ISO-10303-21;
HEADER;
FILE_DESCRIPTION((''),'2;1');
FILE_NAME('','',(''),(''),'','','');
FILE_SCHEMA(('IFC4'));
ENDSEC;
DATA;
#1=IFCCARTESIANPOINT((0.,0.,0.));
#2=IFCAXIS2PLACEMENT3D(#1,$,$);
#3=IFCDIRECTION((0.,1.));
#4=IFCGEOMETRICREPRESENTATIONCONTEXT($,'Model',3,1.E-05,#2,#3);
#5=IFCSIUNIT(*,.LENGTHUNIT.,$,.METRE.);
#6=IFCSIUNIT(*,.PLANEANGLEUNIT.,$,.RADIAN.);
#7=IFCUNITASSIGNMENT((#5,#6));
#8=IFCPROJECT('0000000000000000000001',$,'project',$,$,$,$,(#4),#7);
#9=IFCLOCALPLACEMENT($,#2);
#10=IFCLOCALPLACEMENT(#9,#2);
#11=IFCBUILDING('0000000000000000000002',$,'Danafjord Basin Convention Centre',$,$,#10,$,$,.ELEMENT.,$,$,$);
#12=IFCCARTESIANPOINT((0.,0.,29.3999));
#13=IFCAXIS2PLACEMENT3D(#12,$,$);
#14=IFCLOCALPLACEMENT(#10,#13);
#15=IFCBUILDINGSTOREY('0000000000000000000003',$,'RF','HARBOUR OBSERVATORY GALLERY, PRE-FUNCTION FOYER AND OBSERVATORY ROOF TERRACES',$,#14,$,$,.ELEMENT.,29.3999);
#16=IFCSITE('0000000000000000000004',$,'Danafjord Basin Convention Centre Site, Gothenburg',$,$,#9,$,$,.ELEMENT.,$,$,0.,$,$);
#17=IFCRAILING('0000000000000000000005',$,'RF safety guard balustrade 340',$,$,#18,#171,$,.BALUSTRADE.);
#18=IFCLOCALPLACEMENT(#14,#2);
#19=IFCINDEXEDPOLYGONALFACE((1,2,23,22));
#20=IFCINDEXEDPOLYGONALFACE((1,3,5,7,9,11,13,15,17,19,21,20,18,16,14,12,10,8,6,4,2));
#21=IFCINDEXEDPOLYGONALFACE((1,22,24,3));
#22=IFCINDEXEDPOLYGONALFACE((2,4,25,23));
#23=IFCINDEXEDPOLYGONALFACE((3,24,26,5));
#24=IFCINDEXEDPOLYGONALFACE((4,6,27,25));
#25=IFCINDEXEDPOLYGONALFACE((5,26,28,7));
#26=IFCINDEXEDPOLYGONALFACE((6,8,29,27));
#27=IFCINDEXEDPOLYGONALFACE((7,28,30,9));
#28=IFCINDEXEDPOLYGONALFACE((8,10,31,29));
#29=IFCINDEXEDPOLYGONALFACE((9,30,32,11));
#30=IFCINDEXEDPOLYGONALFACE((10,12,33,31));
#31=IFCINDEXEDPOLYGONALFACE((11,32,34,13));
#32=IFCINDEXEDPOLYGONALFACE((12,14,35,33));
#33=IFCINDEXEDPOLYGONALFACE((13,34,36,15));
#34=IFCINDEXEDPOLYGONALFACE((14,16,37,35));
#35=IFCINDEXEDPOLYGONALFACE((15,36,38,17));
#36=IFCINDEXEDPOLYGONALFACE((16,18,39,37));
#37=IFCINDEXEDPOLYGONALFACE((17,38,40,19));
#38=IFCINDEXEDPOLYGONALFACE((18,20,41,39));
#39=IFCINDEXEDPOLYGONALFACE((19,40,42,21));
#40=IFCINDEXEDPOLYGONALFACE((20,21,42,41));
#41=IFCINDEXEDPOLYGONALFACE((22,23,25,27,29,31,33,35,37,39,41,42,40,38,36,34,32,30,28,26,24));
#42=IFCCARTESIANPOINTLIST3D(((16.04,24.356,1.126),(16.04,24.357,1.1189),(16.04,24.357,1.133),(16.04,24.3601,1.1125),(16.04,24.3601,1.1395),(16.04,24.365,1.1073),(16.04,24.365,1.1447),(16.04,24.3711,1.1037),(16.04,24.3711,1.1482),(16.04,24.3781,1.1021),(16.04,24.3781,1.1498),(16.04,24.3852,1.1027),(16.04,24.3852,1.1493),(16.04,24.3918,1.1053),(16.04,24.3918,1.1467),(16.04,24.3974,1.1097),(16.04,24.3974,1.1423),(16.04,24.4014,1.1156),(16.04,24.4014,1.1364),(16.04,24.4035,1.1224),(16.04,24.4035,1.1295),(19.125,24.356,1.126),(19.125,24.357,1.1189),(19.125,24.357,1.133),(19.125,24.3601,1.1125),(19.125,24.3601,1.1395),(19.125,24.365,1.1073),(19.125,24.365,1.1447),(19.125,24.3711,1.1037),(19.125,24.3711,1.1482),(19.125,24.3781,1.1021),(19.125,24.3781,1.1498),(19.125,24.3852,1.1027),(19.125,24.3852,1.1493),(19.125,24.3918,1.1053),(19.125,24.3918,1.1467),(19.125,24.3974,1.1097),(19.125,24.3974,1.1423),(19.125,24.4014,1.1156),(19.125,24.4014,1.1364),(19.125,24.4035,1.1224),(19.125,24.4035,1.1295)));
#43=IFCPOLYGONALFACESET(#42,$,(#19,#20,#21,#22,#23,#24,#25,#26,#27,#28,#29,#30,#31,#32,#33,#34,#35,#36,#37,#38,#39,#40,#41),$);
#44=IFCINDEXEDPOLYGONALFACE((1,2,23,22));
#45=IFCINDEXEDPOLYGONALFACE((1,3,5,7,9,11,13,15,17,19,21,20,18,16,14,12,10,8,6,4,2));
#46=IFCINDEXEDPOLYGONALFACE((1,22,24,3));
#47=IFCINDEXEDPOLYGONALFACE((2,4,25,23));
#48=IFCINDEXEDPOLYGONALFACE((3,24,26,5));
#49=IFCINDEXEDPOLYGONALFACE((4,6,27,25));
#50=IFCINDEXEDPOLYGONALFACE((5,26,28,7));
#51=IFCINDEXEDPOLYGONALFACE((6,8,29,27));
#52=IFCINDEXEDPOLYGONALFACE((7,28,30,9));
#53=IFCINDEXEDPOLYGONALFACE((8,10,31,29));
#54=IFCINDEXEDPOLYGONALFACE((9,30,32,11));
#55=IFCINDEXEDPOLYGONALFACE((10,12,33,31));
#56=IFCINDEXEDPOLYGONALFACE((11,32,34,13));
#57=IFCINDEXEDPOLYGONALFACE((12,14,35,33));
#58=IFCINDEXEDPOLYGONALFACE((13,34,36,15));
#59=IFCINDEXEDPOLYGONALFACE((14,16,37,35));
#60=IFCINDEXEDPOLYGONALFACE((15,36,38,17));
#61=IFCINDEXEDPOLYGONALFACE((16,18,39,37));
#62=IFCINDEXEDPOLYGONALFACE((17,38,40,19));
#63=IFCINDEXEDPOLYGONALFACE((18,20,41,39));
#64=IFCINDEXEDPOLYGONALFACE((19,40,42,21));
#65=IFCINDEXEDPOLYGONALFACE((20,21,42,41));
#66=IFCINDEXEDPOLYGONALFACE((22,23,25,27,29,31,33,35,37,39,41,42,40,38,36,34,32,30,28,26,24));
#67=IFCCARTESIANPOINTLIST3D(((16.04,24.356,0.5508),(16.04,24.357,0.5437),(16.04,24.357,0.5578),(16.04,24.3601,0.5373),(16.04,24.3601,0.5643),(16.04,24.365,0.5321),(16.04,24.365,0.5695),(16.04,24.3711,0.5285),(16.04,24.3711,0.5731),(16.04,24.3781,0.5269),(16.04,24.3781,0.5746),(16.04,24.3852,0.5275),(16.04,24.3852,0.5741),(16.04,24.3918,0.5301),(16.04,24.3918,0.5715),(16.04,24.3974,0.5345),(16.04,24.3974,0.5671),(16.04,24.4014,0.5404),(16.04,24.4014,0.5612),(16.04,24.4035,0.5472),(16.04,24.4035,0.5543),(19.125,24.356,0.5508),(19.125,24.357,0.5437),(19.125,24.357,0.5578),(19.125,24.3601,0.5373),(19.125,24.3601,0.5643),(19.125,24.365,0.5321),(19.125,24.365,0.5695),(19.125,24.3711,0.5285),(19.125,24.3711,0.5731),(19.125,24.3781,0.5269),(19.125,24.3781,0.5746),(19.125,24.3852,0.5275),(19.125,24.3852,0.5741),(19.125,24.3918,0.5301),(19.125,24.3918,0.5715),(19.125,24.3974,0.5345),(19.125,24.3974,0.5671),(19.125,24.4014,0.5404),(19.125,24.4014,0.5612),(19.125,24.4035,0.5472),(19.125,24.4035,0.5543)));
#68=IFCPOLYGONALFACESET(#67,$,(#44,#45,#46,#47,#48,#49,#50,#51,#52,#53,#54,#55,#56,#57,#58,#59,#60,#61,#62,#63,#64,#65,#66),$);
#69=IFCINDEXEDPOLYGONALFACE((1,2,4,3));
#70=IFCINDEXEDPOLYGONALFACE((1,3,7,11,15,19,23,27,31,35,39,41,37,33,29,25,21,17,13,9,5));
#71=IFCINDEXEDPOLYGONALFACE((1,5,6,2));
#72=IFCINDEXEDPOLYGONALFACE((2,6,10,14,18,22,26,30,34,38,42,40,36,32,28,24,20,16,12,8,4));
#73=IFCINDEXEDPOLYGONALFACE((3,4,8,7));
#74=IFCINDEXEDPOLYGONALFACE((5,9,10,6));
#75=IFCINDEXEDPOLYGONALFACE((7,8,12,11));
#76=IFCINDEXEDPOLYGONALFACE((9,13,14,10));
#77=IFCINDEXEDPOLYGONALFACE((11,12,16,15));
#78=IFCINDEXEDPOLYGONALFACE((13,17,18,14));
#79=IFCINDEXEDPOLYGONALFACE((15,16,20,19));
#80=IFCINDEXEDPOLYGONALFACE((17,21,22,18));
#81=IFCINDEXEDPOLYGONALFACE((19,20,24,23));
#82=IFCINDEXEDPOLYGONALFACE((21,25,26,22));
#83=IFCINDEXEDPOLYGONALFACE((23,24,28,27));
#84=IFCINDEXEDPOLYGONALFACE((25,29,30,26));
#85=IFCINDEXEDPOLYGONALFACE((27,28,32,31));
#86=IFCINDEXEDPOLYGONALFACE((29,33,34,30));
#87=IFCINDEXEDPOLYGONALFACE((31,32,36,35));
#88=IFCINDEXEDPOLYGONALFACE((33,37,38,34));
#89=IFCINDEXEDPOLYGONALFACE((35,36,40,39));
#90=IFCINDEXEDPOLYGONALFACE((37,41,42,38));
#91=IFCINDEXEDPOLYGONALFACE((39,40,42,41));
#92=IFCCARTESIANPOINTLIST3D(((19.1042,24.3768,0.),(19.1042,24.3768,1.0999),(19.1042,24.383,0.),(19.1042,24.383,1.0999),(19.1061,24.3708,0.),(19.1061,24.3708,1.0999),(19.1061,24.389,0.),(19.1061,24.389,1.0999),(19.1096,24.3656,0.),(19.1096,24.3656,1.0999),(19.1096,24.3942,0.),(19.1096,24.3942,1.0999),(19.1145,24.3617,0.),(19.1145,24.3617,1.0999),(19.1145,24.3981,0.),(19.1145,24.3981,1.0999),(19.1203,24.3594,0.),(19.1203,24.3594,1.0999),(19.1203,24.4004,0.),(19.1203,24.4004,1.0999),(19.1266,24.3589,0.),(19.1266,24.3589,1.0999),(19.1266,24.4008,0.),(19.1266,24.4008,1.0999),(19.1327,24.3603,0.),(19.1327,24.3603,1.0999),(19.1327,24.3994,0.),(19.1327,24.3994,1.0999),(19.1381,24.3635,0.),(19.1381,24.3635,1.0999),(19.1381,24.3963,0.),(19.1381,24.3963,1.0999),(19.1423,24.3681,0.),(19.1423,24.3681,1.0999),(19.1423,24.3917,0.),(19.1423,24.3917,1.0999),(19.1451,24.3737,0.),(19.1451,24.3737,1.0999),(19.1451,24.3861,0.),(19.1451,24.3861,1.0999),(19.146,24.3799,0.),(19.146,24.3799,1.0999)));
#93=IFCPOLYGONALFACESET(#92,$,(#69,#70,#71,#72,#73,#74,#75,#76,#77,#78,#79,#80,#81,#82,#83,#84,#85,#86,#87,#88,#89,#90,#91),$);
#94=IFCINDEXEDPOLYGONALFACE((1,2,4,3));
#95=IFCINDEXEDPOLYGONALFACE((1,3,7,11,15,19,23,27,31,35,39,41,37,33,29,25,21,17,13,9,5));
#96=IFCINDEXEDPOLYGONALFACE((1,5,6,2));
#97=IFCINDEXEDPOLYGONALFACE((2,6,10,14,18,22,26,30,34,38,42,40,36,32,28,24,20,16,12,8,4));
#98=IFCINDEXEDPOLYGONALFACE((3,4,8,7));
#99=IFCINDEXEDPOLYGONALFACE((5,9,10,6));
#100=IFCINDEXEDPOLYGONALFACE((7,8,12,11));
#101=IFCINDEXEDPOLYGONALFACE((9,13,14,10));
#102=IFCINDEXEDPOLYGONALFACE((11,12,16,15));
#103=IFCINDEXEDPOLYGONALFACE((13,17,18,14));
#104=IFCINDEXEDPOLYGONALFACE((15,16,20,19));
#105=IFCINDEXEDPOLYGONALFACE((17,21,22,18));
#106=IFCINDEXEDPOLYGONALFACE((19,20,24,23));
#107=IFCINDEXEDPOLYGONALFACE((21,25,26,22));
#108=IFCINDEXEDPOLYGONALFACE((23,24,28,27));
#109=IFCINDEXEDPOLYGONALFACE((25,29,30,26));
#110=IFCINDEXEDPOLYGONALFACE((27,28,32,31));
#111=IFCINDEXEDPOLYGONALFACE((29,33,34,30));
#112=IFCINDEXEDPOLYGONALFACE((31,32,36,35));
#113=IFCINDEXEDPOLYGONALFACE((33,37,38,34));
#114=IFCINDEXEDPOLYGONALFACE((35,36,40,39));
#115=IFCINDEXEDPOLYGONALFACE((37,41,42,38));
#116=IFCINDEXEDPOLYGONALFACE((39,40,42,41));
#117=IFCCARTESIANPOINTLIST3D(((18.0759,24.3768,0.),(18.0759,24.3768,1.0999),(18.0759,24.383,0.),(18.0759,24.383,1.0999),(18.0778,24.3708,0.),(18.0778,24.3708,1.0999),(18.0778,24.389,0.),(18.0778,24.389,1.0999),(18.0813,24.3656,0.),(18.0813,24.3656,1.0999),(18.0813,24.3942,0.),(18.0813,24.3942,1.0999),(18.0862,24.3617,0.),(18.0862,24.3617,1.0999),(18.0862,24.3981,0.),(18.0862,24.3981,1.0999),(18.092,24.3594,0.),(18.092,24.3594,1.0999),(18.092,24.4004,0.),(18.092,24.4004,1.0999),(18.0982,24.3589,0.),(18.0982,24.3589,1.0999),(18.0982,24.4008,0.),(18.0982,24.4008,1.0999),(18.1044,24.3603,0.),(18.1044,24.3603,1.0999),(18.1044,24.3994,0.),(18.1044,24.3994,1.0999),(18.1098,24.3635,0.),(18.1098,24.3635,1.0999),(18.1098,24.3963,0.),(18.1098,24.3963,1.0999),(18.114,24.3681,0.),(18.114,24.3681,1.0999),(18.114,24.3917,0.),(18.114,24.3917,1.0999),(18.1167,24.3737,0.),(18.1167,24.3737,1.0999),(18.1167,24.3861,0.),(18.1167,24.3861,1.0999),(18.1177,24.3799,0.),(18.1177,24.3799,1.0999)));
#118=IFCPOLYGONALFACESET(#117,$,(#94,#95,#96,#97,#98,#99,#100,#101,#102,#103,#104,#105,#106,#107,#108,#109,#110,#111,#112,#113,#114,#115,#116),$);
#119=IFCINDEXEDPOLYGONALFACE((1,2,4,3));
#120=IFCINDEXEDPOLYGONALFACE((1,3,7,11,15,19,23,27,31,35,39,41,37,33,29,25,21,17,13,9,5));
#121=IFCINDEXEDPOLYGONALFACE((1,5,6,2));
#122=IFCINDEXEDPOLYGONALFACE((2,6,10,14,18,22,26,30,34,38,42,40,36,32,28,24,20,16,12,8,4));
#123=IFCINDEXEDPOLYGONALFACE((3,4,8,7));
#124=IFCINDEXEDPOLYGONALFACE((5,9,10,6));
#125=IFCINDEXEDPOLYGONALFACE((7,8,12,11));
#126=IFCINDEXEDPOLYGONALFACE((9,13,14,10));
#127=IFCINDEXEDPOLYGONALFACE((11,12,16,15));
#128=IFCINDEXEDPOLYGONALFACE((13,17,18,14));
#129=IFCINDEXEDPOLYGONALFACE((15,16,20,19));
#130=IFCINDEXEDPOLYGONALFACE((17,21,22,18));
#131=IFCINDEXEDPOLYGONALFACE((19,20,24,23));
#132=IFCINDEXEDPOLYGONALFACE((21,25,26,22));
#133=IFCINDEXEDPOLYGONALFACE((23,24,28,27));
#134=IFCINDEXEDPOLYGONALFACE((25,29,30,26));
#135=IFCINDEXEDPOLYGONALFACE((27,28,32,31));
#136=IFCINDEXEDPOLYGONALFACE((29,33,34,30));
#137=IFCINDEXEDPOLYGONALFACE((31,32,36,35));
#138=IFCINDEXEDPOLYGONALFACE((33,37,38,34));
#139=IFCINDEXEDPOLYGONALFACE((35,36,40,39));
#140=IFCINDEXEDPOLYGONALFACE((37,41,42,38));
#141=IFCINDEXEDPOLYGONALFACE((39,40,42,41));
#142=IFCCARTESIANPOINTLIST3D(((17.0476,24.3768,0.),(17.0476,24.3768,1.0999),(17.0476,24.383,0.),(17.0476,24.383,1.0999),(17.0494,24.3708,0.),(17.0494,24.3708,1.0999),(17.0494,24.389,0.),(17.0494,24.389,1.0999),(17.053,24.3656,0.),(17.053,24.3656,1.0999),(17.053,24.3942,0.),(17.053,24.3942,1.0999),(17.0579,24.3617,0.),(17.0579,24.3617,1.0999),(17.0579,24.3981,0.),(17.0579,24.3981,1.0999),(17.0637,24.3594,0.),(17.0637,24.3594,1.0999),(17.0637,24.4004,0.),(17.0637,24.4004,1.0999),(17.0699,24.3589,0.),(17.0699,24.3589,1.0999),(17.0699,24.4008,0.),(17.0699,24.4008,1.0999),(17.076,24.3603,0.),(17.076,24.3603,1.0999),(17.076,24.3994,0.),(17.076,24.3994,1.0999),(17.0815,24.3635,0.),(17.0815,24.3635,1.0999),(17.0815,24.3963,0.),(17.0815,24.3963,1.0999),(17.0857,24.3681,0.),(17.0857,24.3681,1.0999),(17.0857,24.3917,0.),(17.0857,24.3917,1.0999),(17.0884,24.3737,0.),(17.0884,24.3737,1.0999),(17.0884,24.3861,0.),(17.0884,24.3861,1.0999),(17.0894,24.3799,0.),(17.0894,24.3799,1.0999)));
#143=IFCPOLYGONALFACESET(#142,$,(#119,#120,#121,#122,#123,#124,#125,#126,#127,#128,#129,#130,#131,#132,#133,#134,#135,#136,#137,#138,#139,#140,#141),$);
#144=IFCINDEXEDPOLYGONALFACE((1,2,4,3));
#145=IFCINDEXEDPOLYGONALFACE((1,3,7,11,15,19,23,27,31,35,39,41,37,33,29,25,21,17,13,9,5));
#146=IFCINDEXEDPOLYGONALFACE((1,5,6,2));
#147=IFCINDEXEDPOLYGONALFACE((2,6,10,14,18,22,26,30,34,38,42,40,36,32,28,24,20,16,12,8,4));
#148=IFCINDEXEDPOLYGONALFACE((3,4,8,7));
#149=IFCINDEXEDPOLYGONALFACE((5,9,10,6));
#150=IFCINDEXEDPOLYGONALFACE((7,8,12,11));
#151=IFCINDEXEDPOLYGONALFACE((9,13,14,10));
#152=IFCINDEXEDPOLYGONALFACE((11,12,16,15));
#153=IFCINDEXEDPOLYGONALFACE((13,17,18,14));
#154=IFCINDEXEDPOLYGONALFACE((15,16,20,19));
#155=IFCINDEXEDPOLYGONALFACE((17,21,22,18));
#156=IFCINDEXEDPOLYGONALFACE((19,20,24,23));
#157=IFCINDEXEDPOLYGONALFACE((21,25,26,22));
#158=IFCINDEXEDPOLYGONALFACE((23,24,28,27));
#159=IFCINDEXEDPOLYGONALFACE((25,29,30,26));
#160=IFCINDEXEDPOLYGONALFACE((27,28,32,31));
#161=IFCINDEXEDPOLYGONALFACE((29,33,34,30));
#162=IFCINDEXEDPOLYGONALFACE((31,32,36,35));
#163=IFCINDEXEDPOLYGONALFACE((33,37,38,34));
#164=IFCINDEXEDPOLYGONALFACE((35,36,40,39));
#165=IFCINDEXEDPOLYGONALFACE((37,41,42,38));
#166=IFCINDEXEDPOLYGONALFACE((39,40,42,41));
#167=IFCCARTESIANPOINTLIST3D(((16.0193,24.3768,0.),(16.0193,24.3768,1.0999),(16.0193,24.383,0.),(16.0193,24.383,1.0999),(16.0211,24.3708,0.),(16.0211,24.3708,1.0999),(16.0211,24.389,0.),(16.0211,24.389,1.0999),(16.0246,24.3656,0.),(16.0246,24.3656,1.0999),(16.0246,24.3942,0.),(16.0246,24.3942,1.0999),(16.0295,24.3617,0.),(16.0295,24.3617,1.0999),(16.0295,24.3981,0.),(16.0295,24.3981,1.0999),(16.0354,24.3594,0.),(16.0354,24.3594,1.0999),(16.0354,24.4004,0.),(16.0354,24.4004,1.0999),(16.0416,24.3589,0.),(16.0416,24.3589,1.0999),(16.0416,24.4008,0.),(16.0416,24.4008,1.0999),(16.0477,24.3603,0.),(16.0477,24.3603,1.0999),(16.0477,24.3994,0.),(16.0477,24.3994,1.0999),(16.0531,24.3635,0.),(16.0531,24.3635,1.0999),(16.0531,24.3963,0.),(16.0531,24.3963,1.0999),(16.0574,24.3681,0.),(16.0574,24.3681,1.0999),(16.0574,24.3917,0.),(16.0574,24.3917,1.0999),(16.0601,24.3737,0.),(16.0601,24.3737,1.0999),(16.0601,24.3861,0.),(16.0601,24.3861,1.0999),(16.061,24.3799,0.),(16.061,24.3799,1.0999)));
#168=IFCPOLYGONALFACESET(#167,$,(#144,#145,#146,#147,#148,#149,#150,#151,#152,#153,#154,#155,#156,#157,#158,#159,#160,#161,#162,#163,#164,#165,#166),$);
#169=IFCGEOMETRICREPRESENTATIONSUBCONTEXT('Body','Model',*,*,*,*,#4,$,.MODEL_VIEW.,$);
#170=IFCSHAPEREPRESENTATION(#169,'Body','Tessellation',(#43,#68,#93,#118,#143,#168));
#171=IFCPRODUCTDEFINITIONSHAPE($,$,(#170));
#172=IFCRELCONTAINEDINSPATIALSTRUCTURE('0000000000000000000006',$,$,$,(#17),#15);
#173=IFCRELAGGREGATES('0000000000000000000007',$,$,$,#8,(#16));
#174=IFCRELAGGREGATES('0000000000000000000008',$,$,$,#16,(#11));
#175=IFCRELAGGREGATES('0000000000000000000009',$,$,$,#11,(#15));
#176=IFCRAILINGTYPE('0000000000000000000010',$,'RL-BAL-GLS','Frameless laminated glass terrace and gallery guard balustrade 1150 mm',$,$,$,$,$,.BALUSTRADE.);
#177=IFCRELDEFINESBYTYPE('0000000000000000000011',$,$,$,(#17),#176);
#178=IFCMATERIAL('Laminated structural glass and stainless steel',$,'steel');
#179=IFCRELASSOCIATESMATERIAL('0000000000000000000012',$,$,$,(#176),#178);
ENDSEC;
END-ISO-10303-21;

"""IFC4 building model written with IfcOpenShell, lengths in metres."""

from ifc_helpers import new_model, si_unit, direction, frame, origin, origin_2d, place, context, subcontext, project, spatial, circle, extrude, material, type_object, element, save


model = new_model("IFC4")

# Units and contexts
model_context = context("Model", 3, precision=1e-05, world=origin(), true_north=direction((0.0, 1.0)))
body_context = subcontext(model_context, "Body", "Model", "MODEL_VIEW")
ifc_project = project(units=[si_unit("LENGTHUNIT", "METRE"), si_unit("PLANEANGLEUNIT", "RADIAN")], contexts=[model_context])

# Site, building, storey
site_placement = place(None, origin())
site = spatial("IfcSite", under=ifc_project, at=site_placement, Name="Danafjord Basin Convention Centre Site, Gothenburg", CompositionType="ELEMENT", RefElevation=0.0)
building_placement = place(site_placement, origin())
building = spatial("IfcBuilding", under=site, at=building_placement, Name="Danafjord Basin Convention Centre", CompositionType="ELEMENT")
storey_placement = place(building_placement, frame((0.0, 0.0, 29.3999)))
storey = spatial("IfcBuildingStorey", under=building, at=storey_placement, Name="RF", Description="HARBOUR OBSERVATORY GALLERY, PRE-FUNCTION FOYER AND OBSERVATORY ROOF TERRACES", CompositionType="ELEMENT", Elevation=29.3999)

# Railing
ifc_material_1 = material(Name="Laminated structural glass and stainless steel", Category="steel")
railing_type_1 = type_object("IfcRailingType", Name="RL-BAL-GLS", Description="Frameless laminated glass terrace and gallery guard balustrade 1150 mm", PredefinedType="BALUSTRADE", material=ifc_material_1)
railing_1_placement = place(storey_placement, frame((19.125, 24.3799, 0.0)))
element("IfcRailing", 1, at=railing_1_placement, inside=storey, type_object=railing_type_1, Name="RF safety guard balustrade 340", PredefinedType="BALUSTRADE", context=body_context, shape_type="SweptSolid", body=[
    extrude(circle(Radius=0.0239, at=origin_2d()), frame((0.0, 0.0, 1.126), z_axis=(-1.0, 0.0, 0.0), x_axis=(0.0, -1.0, 0.0)), (0.0, 0.0, 1.0), 3.085),
    extrude(circle(Radius=0.0239, at=origin_2d()), frame((0.0, 0.0, 0.5508), z_axis=(-1.0, 0.0, 0.0), x_axis=(0.0, -1.0, 0.0)), (0.0, 0.0, 1.0), 3.085),
    extrude(circle(Radius=0.021, at=origin_2d()), origin(), (0.0, 0.0, 1.0), 1.0999),
    extrude(circle(Radius=0.021, at=origin_2d()), frame((-1.0283, 0.0, 0.0)), (0.0, 0.0, 1.0), 1.0999),
    extrude(circle(Radius=0.021, at=origin_2d()), frame((-2.0566, 0.0, 0.0)), (0.0, 0.0, 1.0), 1.0999),
    extrude(circle(Radius=0.021, at=origin_2d()), frame((-3.085, 0.0, 0.0)), (0.0, 0.0, 1.0), 1.0999),
])

save(model, "model.ifc")
